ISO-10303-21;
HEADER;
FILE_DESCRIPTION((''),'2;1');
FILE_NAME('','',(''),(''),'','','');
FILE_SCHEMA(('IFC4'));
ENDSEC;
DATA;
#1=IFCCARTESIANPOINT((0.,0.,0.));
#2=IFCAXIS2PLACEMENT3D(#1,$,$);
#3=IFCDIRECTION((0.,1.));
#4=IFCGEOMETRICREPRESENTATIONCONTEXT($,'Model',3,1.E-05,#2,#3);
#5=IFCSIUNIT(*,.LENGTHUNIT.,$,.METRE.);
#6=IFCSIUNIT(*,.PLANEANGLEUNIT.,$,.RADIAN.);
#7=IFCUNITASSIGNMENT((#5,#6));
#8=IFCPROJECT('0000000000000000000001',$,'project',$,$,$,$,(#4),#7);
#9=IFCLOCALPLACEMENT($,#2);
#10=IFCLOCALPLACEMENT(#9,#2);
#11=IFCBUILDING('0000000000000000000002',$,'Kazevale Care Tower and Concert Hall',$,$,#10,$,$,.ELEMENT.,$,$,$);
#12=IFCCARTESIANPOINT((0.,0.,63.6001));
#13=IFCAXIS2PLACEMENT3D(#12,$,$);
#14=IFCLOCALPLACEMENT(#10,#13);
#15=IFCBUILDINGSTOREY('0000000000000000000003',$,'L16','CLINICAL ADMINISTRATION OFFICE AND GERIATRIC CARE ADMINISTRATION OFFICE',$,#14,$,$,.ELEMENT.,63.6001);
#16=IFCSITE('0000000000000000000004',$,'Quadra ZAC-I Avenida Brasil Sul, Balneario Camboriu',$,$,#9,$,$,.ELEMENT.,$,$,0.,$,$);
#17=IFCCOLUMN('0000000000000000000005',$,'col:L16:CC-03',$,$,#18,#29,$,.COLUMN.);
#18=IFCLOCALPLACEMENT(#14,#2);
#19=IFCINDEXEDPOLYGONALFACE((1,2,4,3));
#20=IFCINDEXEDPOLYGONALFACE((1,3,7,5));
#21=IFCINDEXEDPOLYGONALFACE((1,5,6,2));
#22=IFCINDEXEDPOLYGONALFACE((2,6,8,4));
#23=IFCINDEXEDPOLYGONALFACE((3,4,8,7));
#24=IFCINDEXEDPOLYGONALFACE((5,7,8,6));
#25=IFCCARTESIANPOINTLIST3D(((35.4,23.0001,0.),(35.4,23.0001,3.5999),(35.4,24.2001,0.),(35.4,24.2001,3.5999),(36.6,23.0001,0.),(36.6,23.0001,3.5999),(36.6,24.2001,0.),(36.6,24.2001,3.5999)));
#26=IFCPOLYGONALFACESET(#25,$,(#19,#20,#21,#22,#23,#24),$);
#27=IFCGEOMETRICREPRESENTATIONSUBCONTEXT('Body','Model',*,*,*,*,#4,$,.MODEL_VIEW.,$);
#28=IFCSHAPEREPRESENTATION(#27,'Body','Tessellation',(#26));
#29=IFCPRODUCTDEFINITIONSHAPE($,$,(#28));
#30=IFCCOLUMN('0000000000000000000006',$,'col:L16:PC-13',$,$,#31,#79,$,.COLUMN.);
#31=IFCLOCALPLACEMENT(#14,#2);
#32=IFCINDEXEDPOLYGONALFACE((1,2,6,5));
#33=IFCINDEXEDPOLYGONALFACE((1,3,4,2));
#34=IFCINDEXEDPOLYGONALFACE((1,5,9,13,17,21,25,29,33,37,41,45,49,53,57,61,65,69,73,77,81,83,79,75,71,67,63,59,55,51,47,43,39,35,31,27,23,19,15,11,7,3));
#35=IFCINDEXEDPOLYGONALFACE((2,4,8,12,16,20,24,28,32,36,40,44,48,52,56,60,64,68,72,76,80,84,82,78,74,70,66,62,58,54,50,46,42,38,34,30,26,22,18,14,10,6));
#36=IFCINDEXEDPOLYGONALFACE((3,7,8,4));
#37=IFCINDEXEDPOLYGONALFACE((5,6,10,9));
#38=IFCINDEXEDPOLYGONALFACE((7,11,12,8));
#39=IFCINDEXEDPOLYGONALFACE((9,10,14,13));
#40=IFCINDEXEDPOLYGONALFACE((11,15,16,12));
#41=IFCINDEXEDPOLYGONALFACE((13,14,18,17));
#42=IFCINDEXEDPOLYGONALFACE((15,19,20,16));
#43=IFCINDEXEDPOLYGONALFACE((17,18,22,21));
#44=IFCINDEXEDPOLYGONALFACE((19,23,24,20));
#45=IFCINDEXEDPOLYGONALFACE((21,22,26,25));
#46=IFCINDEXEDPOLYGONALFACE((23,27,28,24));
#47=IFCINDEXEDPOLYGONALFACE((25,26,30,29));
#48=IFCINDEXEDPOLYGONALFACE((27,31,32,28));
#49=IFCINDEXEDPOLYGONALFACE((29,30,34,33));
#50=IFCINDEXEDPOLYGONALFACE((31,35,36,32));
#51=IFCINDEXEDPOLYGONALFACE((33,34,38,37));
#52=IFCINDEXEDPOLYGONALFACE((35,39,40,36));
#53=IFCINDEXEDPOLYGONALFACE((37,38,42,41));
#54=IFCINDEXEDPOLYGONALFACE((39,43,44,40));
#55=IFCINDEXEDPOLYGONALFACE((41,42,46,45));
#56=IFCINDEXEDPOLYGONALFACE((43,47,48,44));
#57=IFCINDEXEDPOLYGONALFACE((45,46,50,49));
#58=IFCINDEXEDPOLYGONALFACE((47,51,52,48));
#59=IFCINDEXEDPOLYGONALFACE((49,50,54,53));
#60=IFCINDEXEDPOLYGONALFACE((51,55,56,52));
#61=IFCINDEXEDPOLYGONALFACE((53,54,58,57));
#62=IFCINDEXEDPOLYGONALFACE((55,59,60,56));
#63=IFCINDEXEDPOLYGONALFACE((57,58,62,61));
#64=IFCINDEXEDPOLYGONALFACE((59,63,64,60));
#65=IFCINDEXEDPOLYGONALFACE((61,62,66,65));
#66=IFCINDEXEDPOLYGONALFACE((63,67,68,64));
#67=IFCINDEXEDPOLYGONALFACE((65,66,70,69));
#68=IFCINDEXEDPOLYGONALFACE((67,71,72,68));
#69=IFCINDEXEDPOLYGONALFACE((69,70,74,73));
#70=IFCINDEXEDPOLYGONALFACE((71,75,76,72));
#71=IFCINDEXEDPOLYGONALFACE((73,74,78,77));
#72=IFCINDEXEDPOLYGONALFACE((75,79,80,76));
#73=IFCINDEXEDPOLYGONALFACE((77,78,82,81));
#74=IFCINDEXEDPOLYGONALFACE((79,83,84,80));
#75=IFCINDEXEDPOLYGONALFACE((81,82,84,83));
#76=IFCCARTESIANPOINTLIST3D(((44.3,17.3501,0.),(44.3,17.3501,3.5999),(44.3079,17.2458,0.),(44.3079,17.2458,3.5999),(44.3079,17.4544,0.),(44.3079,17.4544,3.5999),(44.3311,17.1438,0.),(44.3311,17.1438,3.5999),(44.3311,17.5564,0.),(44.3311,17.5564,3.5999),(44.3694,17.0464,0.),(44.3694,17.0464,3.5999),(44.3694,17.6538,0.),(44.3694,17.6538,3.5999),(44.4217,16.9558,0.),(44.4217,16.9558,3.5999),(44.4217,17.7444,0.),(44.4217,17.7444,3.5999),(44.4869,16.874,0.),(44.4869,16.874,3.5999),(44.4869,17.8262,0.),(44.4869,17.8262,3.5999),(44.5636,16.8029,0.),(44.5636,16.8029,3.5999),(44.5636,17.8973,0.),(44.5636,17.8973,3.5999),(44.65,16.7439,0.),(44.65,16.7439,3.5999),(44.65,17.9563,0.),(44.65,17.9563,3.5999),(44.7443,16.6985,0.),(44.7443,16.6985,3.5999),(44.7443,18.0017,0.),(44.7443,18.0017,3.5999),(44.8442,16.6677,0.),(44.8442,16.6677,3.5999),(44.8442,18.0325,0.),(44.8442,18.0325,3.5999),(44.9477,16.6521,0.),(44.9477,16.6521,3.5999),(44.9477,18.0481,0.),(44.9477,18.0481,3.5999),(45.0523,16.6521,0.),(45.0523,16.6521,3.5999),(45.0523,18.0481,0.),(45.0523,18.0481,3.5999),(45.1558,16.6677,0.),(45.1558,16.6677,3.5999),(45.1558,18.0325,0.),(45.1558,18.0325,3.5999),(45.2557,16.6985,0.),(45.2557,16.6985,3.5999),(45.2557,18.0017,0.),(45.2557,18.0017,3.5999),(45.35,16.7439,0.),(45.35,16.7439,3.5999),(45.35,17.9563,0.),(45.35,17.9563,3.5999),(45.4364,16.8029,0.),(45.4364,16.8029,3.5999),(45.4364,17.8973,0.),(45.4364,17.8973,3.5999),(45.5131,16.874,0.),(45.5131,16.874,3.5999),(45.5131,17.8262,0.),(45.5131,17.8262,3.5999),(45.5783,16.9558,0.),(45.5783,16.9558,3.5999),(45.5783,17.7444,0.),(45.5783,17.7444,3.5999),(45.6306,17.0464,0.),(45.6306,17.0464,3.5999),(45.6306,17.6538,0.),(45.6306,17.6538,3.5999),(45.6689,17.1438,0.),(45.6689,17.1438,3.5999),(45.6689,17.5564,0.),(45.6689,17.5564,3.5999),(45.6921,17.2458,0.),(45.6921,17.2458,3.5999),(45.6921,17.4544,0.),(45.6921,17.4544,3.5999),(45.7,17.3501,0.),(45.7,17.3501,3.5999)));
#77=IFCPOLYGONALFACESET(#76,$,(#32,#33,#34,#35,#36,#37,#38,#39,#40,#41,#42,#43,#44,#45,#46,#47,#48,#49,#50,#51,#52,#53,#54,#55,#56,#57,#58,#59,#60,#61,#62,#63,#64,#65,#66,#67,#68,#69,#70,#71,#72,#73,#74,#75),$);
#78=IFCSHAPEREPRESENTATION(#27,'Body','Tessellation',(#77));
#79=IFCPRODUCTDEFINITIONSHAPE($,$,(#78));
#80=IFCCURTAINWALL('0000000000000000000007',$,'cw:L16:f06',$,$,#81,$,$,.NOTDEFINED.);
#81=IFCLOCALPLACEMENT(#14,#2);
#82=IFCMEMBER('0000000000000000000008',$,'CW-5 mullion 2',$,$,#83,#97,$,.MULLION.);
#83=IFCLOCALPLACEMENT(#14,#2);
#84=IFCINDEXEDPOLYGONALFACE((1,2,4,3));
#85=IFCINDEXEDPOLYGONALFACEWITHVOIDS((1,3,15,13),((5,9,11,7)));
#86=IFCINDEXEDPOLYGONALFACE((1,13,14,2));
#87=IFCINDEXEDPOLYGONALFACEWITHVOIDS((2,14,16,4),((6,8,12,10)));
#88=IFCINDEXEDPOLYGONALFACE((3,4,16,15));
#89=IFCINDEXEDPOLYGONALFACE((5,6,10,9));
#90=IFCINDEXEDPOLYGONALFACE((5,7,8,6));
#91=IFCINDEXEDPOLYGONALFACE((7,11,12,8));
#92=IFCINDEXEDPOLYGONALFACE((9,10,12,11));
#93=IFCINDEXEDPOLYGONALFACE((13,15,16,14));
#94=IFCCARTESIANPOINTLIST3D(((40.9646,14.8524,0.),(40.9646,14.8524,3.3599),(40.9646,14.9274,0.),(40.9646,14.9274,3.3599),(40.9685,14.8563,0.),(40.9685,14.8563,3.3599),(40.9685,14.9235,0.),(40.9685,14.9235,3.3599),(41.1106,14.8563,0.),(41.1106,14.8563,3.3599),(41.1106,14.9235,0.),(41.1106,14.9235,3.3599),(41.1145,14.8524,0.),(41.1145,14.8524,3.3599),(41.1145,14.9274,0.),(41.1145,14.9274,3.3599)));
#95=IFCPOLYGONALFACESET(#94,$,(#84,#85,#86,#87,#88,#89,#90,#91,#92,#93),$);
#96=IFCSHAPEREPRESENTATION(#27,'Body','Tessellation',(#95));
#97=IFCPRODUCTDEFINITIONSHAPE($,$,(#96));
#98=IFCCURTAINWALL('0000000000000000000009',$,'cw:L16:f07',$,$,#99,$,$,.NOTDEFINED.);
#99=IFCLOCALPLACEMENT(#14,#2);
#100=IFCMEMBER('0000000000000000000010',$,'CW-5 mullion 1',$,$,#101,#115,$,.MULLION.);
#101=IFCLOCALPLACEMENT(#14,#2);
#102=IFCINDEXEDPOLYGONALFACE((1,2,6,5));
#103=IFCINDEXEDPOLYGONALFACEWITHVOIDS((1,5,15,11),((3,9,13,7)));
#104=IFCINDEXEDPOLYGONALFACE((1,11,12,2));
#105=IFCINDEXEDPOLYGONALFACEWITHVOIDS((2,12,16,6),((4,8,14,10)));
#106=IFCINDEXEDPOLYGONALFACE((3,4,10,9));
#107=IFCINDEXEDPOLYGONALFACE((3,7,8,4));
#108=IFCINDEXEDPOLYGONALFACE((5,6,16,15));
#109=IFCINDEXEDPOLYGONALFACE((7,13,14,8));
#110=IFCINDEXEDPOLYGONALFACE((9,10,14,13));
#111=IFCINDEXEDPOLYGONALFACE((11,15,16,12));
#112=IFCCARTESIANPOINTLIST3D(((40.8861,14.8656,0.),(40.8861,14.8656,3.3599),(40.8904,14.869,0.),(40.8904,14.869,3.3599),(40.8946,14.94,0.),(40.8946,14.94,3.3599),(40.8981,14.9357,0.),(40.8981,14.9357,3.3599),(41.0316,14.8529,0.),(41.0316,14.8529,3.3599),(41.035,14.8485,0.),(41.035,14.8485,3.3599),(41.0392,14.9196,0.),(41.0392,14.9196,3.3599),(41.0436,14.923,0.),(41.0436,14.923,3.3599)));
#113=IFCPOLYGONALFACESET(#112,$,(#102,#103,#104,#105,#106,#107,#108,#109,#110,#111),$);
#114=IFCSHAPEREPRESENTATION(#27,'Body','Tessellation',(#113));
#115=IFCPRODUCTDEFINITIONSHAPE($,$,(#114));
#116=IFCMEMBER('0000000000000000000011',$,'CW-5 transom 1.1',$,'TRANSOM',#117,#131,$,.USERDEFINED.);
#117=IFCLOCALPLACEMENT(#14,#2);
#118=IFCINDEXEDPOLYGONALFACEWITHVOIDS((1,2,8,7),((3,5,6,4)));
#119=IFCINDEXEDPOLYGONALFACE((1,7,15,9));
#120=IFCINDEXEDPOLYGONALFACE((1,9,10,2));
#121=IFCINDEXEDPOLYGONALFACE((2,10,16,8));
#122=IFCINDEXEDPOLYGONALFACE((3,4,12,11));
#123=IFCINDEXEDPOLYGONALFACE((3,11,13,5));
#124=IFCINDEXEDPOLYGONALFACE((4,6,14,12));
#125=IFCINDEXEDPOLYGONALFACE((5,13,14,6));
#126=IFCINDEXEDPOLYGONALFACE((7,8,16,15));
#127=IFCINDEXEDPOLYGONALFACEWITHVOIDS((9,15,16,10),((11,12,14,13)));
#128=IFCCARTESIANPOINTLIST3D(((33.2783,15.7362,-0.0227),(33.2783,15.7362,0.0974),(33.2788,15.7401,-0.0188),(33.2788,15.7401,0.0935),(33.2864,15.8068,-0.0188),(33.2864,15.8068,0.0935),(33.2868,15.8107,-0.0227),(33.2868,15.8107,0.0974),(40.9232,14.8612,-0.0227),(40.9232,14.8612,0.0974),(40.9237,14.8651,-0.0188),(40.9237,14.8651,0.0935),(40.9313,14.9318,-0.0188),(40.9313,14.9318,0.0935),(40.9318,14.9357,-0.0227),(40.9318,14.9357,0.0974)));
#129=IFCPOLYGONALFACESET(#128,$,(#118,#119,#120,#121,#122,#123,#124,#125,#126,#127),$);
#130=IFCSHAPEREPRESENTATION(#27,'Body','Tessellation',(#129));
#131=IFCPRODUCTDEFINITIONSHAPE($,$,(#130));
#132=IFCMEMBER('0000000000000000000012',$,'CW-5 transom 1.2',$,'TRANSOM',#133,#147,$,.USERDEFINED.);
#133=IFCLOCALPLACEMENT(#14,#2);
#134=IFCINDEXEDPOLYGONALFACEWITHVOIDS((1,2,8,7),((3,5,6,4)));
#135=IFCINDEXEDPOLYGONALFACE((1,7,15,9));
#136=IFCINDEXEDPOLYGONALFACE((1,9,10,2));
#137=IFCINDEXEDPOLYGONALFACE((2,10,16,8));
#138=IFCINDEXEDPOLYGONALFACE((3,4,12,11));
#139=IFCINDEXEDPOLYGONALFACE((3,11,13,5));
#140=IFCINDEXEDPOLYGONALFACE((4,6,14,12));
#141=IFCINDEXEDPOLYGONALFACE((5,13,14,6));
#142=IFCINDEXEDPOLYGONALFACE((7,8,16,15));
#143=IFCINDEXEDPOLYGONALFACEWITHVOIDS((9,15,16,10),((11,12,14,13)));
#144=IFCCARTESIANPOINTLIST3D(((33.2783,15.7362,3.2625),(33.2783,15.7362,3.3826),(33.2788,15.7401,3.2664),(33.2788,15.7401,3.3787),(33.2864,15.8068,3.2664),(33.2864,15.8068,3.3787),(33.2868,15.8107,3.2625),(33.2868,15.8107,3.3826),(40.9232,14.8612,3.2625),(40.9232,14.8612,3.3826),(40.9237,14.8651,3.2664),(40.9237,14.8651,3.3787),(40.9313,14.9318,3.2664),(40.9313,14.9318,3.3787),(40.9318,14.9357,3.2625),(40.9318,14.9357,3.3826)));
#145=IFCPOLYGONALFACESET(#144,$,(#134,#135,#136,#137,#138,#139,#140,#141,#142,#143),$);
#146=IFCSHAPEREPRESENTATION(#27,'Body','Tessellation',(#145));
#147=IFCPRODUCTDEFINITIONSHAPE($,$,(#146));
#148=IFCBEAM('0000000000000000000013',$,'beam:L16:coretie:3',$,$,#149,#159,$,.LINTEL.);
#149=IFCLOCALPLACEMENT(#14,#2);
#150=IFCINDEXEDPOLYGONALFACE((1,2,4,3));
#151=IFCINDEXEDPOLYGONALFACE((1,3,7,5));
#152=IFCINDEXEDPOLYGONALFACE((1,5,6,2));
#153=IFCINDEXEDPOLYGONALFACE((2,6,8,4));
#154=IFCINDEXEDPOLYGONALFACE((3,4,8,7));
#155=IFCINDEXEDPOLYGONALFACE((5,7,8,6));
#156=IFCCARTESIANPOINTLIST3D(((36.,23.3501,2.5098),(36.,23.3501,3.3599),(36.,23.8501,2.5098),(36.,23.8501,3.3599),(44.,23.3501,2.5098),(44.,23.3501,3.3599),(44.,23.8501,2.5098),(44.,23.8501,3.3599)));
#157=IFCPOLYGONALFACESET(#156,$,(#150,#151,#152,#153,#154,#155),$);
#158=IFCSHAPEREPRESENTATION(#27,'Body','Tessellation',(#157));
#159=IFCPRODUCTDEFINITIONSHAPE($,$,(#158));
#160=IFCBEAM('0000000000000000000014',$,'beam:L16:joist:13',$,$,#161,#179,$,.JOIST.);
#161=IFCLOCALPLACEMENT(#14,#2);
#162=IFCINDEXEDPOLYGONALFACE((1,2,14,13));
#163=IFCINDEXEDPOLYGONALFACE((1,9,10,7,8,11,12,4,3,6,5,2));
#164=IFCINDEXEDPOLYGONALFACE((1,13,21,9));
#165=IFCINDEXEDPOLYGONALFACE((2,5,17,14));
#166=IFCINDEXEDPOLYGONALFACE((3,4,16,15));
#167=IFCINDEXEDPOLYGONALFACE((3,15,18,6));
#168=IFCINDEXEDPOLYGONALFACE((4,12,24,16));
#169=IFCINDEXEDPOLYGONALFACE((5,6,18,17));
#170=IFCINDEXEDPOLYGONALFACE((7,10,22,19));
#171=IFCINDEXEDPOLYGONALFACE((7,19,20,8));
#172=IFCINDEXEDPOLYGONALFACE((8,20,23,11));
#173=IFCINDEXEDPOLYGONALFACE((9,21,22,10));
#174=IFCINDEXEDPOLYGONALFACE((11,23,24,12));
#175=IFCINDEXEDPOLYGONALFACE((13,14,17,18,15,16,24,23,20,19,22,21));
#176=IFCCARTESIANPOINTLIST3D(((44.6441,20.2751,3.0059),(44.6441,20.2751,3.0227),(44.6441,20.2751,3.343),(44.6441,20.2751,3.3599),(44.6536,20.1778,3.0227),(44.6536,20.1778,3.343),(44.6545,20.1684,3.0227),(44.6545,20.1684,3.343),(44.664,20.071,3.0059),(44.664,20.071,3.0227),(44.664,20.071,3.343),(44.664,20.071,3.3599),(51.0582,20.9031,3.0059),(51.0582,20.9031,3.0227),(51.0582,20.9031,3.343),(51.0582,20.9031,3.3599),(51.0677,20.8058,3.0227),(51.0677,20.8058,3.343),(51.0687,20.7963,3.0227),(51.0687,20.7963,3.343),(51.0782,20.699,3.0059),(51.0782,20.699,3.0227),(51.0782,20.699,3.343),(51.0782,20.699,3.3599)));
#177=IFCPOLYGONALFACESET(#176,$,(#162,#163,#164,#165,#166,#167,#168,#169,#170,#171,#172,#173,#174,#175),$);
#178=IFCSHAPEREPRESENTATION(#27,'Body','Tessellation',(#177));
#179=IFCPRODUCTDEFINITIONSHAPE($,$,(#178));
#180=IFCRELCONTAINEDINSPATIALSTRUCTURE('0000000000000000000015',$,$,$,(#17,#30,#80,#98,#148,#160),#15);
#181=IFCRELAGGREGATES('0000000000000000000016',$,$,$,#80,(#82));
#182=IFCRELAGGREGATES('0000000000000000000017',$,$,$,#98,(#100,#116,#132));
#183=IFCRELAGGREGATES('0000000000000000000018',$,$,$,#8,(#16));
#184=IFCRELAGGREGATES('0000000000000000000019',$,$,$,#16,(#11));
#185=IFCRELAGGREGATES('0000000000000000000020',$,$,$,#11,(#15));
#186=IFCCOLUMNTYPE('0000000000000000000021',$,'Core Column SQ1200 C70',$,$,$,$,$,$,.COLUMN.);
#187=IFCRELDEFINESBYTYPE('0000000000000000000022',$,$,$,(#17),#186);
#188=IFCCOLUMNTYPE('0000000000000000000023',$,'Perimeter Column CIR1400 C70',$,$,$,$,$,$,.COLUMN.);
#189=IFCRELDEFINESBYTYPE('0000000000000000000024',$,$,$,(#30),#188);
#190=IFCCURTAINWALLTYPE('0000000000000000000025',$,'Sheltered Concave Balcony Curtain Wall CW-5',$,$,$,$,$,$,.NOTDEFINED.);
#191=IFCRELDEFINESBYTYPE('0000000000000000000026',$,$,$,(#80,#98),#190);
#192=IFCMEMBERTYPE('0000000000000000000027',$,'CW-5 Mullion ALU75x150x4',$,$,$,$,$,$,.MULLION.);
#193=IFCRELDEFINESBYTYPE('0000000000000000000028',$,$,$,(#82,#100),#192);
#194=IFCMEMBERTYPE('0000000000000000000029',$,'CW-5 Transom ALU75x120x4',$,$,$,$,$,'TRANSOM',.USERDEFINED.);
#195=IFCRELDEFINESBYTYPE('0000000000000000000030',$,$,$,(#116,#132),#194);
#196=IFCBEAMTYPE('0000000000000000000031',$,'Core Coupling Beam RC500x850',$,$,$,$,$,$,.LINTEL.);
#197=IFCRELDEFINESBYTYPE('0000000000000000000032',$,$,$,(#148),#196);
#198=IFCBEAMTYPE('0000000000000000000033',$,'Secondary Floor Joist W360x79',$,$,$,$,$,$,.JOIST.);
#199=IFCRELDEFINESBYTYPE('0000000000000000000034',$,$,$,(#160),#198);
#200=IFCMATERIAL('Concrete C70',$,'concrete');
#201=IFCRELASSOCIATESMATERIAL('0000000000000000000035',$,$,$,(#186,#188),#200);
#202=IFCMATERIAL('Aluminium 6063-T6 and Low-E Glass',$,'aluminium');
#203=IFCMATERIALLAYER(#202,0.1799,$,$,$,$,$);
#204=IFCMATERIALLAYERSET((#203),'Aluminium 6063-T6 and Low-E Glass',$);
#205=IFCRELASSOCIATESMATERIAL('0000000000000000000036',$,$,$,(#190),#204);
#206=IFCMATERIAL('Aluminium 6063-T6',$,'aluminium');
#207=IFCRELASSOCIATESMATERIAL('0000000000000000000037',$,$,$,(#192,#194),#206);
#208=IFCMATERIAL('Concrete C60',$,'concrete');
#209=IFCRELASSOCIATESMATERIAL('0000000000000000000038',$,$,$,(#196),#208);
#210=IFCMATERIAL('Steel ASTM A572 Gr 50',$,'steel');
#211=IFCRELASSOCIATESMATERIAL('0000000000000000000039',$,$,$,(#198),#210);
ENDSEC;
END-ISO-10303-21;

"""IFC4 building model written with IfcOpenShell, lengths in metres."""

from ifc_helpers import new_model, si_unit, direction, frame, origin, origin_2d, place, context, subcontext, project, spatial, rectangle, hollow_rectangle, circle, i_section, extrude, material, layer, layer_set, material_profile, profile_set, type_object, element, aggregate, save


model = new_model("IFC4")

# Units and contexts
model_context = context("Model", 3, precision=1e-05, world=origin(), true_north=direction((0.0, 1.0)))
body_context = subcontext(model_context, "Body", "Model", "MODEL_VIEW")
ifc_project = project(units=[si_unit("LENGTHUNIT", "METRE"), si_unit("PLANEANGLEUNIT", "RADIAN")], contexts=[model_context])

# Site, building, storey
site_placement = place(None, origin())
site = spatial("IfcSite", under=ifc_project, at=site_placement, Name="Quadra ZAC-I Avenida Brasil Sul, Balneario Camboriu", CompositionType="ELEMENT", RefElevation=0.0)
building_placement = place(site_placement, origin())
building = spatial("IfcBuilding", under=site, at=building_placement, Name="Kazevale Care Tower and Concert Hall", CompositionType="ELEMENT")
storey_placement = place(building_placement, frame((0.0, 0.0, 63.6001)))
storey = spatial("IfcBuildingStorey", under=building, at=storey_placement, Name="L16", Description="CLINICAL ADMINISTRATION OFFICE AND GERIATRIC CARE ADMINISTRATION OFFICE", CompositionType="ELEMENT", Elevation=63.6001)

# Columns
ifc_material_1 = material(Name="Concrete C70", Category="concrete")
ifc_material_profile_1 = material_profile(ifc_material_1, rectangle(XDim=1.2, YDim=1.2, at=origin_2d()), Name="RC-SQ1200")
ifc_profile_set_1 = profile_set([ifc_material_profile_1], Name="Concrete C70")
column_type_1 = type_object("IfcColumnType", Name="Core Column SQ1200 C70", PredefinedType="COLUMN", material=ifc_profile_set_1)
column_1_placement = place(storey_placement, frame((36.0, 23.6001, 0.0), z_axis=(0.0, 0.0, 1.0), x_axis=(1.0, 0.0, 0.0)))
element("IfcColumn", 1, at=column_1_placement, inside=storey, type_object=column_type_1, Name="col:L16:CC-03", PredefinedType="COLUMN", context=body_context, shape_type="SweptSolid", body=[
    extrude(rectangle(XDim=1.2, YDim=1.2, at=origin_2d()), origin(), (0.0, 0.0, 1.0), 3.5999),
])
ifc_material_profile_2 = material_profile(ifc_material_1, circle(Radius=0.7, at=origin_2d()), Name="RC-CIR1400")
ifc_profile_set_2 = profile_set([ifc_material_profile_2], Name="Concrete C70")
column_type_2 = type_object("IfcColumnType", Name="Perimeter Column CIR1400 C70", PredefinedType="COLUMN", material=ifc_profile_set_2)
column_2_placement = place(storey_placement, frame((45.0, 17.3501, 0.0), z_axis=(0.0, 0.0, 1.0), x_axis=(1.0, 0.0, 0.0)))
element("IfcColumn", 2, at=column_2_placement, inside=storey, type_object=column_type_2, Name="col:L16:PC-13", PredefinedType="COLUMN", context=body_context, shape_type="SweptSolid", body=[
    extrude(circle(Radius=0.7, at=origin_2d()), origin(), (0.0, 0.0, 1.0), 3.5999),
])

# Curtain wall, member
ifc_material_2 = material(Name="Aluminium 6063-T6 and Low-E Glass", Category="aluminium")
ifc_layer_1 = layer(ifc_material_2, 0.1799)
ifc_layer_set_1 = layer_set([ifc_layer_1], Name="Aluminium 6063-T6 and Low-E Glass")
curtain_wall_type = type_object("IfcCurtainWallType", Name="Sheltered Concave Balcony Curtain Wall CW-5", PredefinedType="NOTDEFINED", material=ifc_layer_set_1)
curtain_wall_1_placement = place(storey_placement, origin())
curtain_wall_1 = element("IfcCurtainWall", 3, at=curtain_wall_1_placement, inside=storey, type_object=curtain_wall_type, Name="cw:L16:f06", PredefinedType="NOTDEFINED")
ifc_material_3 = material(Name="Aluminium 6063-T6", Category="aluminium")
ifc_material_profile_3 = material_profile(ifc_material_3, hollow_rectangle(XDim=0.075, YDim=0.1499, WallThickness=0.0039, at=origin_2d()), Name="ALU75x150x4")
ifc_profile_set_3 = profile_set([ifc_material_profile_3], Name="Aluminium 6063-T6")
member_type_1 = type_object("IfcMemberType", Name="CW-5 Mullion ALU75x150x4", PredefinedType="MULLION", material=ifc_profile_set_3)
member_1_placement = place(storey_placement, frame((41.0396, 14.8899, 0.0), z_axis=(0.0, 0.0, 1.0), x_axis=(0.0, -1.0, 0.0)))
member_1 = element("IfcMember", 4, at=member_1_placement, type_object=member_type_1, Name="CW-5 mullion 2", PredefinedType="MULLION", context=body_context, shape_type="SweptSolid", body=[
    extrude(hollow_rectangle(XDim=0.075, YDim=0.1499, WallThickness=0.0039, at=origin_2d()), origin(), (0.0, 0.0, 1.0), 3.3599),
])

# Curtain wall, members
curtain_wall_2_placement = place(storey_placement, origin())
curtain_wall_2 = element("IfcCurtainWall", 5, at=curtain_wall_2_placement, inside=storey, type_object=curtain_wall_type, Name="cw:L16:f07", PredefinedType="NOTDEFINED")
member_2_placement = place(storey_placement, frame((40.9648, 14.8943, 0.0), z_axis=(0.0, 0.0, 1.0), x_axis=(-0.113705, -0.993515, 0.0)))
member_2 = element("IfcMember", 6, at=member_2_placement, type_object=member_type_1, Name="CW-5 mullion 1", PredefinedType="MULLION", context=body_context, shape_type="SweptSolid", body=[
    extrude(hollow_rectangle(XDim=0.075, YDim=0.1499, WallThickness=0.0039, at=origin_2d()), origin(), (0.0, 0.0, 1.0), 3.3599),
])
ifc_material_profile_4 = material_profile(ifc_material_3, hollow_rectangle(XDim=0.075, YDim=0.1201, WallThickness=0.0039, at=origin_2d()), Name="ALU75x120x4")
ifc_profile_set_4 = profile_set([ifc_material_profile_4], Name="Aluminium 6063-T6")
member_type_2 = type_object("IfcMemberType", Name="CW-5 Transom ALU75x120x4", ElementType="TRANSOM", PredefinedType="USERDEFINED", material=ifc_profile_set_4)
member_3_placement = place(storey_placement, frame((40.9275, 14.8984, 0.0374), z_axis=(-0.993514, 0.113711, 0.0), x_axis=(-0.113711, -0.993514, 0.0)))
member_3 = element("IfcMember", 7, at=member_3_placement, type_object=member_type_2, Name="CW-5 transom 1.1", ObjectType="TRANSOM", PredefinedType="USERDEFINED", context=body_context, shape_type="SweptSolid", body=[
    extrude(hollow_rectangle(XDim=0.075, YDim=0.1201, WallThickness=0.0039, at=origin_2d()), origin(), (0.0, 0.0, 1.0), 7.6948),
])
member_4_placement = place(storey_placement, frame((40.9275, 14.8984, 3.3225), z_axis=(-0.993514, 0.113711, 0.0), x_axis=(-0.113711, -0.993514, 0.0)))
member_4 = element("IfcMember", 8, at=member_4_placement, type_object=member_type_2, Name="CW-5 transom 1.2", ObjectType="TRANSOM", PredefinedType="USERDEFINED", context=body_context, shape_type="SweptSolid", body=[
    extrude(hollow_rectangle(XDim=0.075, YDim=0.1201, WallThickness=0.0039, at=origin_2d()), origin(), (0.0, 0.0, 1.0), 7.6948),
])

# Beams
ifc_material_4 = material(Name="Concrete C60", Category="concrete")
ifc_material_profile_5 = material_profile(ifc_material_4, rectangle(XDim=0.5, YDim=0.8501, at=origin_2d()), Name="RC-B500x850")
ifc_profile_set_5 = profile_set([ifc_material_profile_5], Name="Concrete C60")
beam_type_1 = type_object("IfcBeamType", Name="Core Coupling Beam RC500x850", PredefinedType="LINTEL", material=ifc_profile_set_5)
beam_1_placement = place(storey_placement, frame((36.0, 23.6001, 2.9348), z_axis=(1.0, 0.0, 0.0), x_axis=(0.0, 1.0, 0.0)))
element("IfcBeam", 9, at=beam_1_placement, inside=storey, type_object=beam_type_1, Name="beam:L16:coretie:3", PredefinedType="LINTEL", context=body_context, shape_type="SweptSolid", body=[
    extrude(rectangle(XDim=0.5, YDim=0.8501, at=origin_2d()), origin(), (0.0, 0.0, 1.0), 8.0),
])
ifc_material_5 = material(Name="Steel ASTM A572 Gr 50", Category="steel")
ifc_material_profile_6 = material_profile(ifc_material_5, i_section(OverallWidth=0.2051, OverallDepth=0.354, WebThickness=0.0095, FlangeThickness=0.0168, at=origin_2d()), Name="W360x79")
ifc_profile_set_6 = profile_set([ifc_material_profile_6], Name="Steel ASTM A572 Gr 50")
beam_type_2 = type_object("IfcBeamType", Name="Secondary Floor Joist W360x79", PredefinedType="JOIST", material=ifc_profile_set_6)
beam_2_placement = place(storey_placement, frame((44.6541, 20.1731, 3.1829), z_axis=(0.995242, 0.097433, 0.0), x_axis=(-0.097433, 0.995242, 0.0)))
element("IfcBeam", 10, at=beam_2_placement, inside=storey, type_object=beam_type_2, Name="beam:L16:joist:13", PredefinedType="JOIST", context=body_context, shape_type="SweptSolid", body=[
    extrude(i_section(OverallWidth=0.2051, OverallDepth=0.354, WebThickness=0.0095, FlangeThickness=0.0168, at=origin_2d()), origin(), (0.0, 0.0, 1.0), 6.4448),
])

aggregate(curtain_wall_1, [member_1])
aggregate(curtain_wall_2, [member_2, member_3, member_4])

save(model, "model.ifc")
